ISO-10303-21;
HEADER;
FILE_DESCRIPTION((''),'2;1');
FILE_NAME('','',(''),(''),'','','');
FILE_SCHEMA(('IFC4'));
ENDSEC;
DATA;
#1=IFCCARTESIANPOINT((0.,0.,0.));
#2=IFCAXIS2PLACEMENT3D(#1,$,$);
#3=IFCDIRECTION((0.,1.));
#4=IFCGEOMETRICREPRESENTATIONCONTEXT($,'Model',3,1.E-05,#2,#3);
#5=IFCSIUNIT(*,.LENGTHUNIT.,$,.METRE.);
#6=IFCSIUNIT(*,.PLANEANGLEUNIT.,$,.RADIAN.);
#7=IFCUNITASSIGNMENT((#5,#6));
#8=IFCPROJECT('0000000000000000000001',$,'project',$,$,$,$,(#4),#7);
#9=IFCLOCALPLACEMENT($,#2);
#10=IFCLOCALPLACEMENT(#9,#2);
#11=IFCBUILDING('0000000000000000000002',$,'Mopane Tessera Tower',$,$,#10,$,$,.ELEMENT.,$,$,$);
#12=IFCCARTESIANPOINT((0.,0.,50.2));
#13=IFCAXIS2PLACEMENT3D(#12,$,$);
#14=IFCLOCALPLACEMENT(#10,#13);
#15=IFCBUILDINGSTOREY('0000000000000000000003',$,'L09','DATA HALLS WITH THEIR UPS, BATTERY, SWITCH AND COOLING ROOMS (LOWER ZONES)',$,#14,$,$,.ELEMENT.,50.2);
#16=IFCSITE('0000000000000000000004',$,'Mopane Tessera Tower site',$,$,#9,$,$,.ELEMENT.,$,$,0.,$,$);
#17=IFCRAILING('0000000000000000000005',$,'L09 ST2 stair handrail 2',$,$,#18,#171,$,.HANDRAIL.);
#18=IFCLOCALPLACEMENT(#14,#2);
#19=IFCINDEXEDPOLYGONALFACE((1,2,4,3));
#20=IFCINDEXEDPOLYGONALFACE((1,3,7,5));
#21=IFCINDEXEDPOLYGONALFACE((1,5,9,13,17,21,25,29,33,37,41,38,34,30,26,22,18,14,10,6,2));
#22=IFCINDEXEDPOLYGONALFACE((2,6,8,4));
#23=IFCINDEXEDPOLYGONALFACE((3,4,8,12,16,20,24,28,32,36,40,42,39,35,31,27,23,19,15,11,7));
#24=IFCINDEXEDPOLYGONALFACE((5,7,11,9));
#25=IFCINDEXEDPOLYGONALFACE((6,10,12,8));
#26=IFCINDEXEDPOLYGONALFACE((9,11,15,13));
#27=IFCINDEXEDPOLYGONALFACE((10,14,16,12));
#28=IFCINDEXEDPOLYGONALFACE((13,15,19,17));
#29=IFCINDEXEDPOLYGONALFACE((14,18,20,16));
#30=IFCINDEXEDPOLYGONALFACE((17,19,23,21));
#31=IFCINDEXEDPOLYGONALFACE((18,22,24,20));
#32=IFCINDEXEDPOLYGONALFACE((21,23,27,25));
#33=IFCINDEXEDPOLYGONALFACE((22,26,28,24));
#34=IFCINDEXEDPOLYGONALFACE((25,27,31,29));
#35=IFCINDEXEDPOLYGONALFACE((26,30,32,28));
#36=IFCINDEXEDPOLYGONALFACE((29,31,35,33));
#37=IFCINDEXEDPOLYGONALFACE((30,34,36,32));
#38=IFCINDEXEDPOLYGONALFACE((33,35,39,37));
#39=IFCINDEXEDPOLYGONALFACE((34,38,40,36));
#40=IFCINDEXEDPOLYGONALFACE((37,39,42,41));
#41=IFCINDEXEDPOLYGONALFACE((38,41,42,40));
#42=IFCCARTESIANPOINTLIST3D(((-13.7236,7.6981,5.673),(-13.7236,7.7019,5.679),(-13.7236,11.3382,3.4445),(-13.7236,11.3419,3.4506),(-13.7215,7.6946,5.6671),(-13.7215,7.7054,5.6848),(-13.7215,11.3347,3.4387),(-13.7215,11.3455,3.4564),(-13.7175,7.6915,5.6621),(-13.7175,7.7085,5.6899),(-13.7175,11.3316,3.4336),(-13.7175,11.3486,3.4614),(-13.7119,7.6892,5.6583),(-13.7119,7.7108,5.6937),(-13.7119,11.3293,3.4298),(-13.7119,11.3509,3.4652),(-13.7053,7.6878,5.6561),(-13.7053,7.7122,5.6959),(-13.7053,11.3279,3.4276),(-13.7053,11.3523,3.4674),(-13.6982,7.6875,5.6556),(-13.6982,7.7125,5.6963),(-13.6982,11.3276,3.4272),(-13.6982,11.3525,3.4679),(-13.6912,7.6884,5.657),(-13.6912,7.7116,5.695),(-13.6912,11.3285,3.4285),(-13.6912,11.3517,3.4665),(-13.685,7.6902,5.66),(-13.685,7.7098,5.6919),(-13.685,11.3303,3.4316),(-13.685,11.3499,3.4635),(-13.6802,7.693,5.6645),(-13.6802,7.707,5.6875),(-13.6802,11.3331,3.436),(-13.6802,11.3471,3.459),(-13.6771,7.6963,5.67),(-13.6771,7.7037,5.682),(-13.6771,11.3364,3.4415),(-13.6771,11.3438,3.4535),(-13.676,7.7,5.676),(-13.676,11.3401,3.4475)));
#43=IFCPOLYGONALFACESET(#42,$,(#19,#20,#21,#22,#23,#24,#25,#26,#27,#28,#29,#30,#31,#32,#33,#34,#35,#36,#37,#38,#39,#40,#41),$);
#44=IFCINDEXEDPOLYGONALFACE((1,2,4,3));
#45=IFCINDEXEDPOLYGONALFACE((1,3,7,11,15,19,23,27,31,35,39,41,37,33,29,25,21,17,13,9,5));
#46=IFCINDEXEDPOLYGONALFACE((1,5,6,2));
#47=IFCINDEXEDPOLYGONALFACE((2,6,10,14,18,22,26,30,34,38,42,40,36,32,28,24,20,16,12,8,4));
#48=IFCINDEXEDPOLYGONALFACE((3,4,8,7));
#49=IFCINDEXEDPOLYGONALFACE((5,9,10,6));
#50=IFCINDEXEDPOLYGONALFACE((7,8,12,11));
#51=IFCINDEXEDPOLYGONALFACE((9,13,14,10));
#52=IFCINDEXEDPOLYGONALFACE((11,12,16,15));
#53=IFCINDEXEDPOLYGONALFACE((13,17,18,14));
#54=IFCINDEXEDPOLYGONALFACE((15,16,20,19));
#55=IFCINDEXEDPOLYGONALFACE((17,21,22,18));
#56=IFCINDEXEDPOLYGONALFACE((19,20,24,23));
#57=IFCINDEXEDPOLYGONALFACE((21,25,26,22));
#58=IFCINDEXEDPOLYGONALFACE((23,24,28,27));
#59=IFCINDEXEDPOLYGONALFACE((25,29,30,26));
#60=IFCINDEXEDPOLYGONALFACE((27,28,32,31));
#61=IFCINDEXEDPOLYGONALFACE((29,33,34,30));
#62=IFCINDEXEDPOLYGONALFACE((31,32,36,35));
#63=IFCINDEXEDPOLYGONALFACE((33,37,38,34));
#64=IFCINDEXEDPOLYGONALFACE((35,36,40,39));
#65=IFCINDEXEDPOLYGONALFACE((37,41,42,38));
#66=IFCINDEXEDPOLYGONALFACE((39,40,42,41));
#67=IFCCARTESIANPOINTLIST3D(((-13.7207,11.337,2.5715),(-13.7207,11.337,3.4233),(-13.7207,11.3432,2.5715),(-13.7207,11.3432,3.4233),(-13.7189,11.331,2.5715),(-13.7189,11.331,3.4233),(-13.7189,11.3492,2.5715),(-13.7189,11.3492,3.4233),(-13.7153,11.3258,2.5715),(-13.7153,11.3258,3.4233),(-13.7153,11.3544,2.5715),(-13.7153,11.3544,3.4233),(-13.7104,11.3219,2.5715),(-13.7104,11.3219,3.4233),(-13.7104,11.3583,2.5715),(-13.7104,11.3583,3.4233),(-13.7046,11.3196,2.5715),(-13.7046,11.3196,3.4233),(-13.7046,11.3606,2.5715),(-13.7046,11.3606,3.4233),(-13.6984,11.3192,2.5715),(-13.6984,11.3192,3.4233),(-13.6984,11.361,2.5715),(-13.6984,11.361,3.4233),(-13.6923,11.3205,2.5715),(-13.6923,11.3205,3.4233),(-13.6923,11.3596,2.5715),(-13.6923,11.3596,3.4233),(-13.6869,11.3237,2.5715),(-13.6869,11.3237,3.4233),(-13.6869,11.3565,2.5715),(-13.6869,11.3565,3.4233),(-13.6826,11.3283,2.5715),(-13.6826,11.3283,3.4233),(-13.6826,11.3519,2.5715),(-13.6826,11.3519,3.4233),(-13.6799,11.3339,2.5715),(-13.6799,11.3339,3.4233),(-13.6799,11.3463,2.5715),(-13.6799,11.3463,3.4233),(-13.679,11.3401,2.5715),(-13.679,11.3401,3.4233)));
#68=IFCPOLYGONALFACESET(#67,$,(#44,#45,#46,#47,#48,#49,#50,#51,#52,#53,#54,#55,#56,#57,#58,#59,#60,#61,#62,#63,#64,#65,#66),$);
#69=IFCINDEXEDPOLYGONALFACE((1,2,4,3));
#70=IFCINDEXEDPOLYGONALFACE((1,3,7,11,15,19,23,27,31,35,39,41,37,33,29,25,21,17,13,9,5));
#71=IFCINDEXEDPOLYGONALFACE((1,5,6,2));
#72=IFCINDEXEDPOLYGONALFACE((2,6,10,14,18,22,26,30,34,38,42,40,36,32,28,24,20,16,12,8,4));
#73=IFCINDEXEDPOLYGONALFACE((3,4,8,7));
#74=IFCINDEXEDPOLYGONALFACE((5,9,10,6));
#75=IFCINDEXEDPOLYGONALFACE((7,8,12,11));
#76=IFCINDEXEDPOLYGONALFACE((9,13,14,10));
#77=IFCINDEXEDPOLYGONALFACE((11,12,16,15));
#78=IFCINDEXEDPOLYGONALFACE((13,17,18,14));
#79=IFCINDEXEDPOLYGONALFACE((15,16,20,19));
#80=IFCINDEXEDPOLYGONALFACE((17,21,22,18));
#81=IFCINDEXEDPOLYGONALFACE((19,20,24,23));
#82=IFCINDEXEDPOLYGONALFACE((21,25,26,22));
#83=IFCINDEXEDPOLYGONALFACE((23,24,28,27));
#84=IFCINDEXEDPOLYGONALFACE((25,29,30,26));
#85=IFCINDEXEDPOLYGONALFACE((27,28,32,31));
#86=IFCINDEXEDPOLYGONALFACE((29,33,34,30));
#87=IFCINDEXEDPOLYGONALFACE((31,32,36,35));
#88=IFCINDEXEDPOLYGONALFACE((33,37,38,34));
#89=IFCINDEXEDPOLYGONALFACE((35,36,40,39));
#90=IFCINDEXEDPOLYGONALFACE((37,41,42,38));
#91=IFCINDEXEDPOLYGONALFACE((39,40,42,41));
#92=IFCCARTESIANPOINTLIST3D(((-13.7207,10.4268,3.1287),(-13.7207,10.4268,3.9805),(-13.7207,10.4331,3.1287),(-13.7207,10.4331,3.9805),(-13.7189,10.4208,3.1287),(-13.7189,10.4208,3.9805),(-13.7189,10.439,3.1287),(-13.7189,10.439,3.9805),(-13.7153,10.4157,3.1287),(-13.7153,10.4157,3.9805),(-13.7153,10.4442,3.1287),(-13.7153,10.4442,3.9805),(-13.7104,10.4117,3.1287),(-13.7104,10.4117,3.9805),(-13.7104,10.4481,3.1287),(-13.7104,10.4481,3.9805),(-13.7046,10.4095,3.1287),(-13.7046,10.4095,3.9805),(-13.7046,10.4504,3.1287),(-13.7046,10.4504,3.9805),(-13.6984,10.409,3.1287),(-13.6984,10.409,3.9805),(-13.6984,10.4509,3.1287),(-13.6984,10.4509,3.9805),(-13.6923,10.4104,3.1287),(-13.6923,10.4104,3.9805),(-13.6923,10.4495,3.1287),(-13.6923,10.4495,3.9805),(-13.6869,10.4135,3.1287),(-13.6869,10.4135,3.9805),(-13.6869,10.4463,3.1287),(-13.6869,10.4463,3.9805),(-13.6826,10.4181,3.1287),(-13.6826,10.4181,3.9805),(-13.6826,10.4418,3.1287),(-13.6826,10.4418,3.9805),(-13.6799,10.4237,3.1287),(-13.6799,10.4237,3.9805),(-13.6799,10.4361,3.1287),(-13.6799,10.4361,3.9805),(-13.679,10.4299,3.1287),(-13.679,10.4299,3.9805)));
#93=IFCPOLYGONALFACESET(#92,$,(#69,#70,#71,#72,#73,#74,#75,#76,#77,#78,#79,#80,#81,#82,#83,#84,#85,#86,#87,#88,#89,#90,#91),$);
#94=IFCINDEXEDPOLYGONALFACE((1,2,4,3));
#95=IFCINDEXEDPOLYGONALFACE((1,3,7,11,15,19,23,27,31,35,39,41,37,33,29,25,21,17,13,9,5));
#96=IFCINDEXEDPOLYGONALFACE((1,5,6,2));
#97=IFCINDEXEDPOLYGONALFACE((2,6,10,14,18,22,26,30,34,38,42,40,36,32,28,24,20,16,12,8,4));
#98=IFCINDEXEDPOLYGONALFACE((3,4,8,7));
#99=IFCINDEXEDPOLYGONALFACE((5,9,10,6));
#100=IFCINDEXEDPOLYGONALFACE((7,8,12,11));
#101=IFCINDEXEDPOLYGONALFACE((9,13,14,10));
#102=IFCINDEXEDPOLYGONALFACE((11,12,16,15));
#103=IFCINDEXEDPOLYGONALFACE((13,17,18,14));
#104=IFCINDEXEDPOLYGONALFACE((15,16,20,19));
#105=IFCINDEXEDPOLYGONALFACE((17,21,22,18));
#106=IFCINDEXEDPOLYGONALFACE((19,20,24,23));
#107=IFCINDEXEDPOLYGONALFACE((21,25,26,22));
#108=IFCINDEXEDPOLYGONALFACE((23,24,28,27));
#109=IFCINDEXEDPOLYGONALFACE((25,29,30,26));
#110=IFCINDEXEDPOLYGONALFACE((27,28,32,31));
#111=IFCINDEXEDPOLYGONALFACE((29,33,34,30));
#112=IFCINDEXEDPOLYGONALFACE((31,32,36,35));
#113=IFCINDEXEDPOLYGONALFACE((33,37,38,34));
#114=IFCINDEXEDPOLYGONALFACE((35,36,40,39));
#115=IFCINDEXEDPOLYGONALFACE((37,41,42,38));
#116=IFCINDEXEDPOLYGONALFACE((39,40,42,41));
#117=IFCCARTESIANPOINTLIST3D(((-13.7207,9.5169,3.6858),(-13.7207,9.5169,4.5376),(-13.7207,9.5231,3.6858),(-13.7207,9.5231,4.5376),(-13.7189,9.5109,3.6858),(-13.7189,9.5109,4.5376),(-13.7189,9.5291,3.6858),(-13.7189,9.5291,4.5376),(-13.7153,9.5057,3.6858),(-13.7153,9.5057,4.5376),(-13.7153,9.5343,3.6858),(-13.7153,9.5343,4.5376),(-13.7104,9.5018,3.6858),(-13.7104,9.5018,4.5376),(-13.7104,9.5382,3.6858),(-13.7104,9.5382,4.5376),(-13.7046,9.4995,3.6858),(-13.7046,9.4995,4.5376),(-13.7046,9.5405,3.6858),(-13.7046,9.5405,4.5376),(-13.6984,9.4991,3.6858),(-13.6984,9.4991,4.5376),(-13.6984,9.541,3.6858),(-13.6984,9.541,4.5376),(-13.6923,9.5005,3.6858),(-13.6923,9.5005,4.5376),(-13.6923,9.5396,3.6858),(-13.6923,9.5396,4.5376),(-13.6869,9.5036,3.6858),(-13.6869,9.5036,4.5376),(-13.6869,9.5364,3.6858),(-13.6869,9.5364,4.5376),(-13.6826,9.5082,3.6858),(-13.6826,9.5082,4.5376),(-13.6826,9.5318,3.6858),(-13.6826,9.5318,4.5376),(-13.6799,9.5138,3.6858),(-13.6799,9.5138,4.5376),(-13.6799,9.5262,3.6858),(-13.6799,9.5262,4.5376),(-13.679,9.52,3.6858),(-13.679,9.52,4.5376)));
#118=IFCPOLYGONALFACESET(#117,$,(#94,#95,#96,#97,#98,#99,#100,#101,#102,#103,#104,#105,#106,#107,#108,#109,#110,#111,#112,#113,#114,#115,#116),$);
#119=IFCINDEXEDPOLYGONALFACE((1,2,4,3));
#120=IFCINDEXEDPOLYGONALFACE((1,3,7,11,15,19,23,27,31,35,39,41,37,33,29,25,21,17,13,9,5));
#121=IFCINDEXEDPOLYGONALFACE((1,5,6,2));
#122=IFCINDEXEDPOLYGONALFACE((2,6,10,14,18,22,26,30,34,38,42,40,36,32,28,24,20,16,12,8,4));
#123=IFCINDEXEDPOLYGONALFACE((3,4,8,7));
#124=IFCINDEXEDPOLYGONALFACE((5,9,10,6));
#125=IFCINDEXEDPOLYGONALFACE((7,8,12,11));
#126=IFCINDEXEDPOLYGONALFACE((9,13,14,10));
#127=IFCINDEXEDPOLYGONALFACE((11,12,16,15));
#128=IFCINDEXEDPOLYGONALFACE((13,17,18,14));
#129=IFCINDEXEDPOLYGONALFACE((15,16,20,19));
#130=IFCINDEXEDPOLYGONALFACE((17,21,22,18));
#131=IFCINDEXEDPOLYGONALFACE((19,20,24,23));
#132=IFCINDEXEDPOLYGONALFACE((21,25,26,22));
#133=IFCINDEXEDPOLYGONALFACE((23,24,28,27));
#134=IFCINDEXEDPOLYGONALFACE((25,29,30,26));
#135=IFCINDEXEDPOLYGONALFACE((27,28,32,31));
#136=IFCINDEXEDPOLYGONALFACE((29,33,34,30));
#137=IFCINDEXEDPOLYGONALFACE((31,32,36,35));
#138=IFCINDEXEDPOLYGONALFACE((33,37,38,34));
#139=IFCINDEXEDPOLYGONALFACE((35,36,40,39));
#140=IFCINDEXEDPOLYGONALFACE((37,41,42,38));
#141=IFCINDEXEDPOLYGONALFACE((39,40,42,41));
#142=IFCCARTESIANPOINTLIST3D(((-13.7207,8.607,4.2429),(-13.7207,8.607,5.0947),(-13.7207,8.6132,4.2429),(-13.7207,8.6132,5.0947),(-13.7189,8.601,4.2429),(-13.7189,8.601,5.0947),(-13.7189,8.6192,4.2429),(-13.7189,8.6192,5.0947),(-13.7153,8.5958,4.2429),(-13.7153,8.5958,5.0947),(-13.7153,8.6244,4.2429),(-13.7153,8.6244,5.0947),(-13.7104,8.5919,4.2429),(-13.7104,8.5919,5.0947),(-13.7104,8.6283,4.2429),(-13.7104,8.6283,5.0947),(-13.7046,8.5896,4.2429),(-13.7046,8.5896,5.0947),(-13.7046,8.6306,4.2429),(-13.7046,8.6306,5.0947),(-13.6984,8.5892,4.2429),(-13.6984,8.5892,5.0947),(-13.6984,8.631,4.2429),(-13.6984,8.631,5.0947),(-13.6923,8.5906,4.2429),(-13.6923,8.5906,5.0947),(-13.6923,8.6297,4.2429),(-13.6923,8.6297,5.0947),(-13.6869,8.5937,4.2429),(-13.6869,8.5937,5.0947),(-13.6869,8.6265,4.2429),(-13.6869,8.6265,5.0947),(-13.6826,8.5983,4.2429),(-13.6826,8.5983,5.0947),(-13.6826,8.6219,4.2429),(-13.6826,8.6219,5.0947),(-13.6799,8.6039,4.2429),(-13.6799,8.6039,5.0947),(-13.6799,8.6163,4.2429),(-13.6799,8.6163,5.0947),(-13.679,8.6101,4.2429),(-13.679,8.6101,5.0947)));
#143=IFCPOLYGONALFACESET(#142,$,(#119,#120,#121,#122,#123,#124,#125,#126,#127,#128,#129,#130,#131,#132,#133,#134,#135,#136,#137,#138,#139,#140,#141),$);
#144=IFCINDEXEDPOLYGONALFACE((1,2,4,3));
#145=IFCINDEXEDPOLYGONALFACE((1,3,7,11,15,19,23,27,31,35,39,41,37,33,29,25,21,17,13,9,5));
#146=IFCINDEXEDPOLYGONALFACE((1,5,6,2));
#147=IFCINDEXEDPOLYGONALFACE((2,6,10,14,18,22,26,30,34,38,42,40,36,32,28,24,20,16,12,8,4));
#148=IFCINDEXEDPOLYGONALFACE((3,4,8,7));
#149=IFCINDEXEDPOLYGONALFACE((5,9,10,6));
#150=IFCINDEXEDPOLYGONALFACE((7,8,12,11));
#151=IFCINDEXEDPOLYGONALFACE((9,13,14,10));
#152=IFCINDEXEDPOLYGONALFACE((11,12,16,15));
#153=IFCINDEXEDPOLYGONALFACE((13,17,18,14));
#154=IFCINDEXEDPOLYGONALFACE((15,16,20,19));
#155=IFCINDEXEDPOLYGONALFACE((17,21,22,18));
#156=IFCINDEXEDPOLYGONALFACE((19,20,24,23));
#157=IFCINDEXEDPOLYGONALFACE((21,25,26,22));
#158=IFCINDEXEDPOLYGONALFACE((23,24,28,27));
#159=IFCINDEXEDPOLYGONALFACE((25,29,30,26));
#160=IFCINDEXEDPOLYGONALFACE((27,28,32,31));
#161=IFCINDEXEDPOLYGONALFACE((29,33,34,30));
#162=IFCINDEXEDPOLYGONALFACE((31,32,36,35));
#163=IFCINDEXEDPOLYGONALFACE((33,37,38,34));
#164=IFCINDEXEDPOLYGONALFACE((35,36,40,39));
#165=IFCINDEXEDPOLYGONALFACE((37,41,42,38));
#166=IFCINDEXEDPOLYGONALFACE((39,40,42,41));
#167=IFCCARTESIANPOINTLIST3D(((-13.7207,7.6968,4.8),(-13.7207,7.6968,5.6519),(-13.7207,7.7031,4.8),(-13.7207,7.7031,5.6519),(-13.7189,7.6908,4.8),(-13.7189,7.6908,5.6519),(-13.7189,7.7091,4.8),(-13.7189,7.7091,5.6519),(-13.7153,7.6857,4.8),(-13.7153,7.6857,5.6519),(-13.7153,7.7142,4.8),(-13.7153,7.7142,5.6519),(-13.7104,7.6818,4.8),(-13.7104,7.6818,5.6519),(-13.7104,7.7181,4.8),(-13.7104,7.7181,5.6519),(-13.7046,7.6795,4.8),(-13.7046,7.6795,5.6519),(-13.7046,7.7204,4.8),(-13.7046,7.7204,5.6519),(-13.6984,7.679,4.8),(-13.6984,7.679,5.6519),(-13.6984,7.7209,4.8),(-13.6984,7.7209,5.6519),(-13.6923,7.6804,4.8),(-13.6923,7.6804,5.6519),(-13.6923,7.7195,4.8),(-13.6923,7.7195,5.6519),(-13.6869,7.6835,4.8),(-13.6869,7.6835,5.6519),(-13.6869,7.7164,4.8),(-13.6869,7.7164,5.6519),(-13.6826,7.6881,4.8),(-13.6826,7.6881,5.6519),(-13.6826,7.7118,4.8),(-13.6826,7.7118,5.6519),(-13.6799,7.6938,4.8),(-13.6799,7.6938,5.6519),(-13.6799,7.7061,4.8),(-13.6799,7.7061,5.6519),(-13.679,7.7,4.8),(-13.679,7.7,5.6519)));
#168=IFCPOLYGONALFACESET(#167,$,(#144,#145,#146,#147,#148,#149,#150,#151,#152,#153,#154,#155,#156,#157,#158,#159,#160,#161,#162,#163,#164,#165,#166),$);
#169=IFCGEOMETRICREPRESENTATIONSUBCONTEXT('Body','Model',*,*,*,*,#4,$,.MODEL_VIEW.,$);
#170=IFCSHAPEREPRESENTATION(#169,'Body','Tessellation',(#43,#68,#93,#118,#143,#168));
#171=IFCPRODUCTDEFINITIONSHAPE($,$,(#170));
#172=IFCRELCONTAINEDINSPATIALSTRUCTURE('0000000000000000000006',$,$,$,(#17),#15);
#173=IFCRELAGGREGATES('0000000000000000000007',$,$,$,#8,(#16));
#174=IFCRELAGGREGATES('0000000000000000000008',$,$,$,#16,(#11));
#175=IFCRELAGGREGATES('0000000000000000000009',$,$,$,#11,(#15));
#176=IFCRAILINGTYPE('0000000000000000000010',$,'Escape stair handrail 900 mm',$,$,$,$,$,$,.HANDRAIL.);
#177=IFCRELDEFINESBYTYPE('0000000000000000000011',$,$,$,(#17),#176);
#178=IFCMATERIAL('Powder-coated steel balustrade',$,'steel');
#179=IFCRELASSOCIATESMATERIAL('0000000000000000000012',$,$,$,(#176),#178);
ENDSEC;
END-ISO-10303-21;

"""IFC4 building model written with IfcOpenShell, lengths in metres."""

from ifc_helpers import new_model, si_unit, direction, frame, origin, origin_2d, place, context, subcontext, project, spatial, circle, extrude, material, type_object, element, save


model = new_model("IFC4")

# Units and contexts
model_context = context("Model", 3, precision=1e-05, world=origin(), true_north=direction((0.0, 1.0)))
body_context = subcontext(model_context, "Body", "Model", "MODEL_VIEW")
ifc_project = project(units=[si_unit("LENGTHUNIT", "METRE"), si_unit("PLANEANGLEUNIT", "RADIAN")], contexts=[model_context])

# Site, building, storey
site_placement = place(None, origin())
site = spatial("IfcSite", under=ifc_project, at=site_placement, Name="Mopane Tessera Tower site", CompositionType="ELEMENT", RefElevation=0.0)
building_placement = place(site_placement, origin())
building = spatial("IfcBuilding", under=site, at=building_placement, Name="Mopane Tessera Tower", CompositionType="ELEMENT")
storey_placement = place(building_placement, frame((0.0, 0.0, 50.2)))
storey = spatial("IfcBuildingStorey", under=building, at=storey_placement, Name="L09", Description="DATA HALLS WITH THEIR UPS, BATTERY, SWITCH AND COOLING ROOMS (LOWER ZONES)", CompositionType="ELEMENT", Elevation=50.2)

# Railing
ifc_material_1 = material(Name="Powder-coated steel balustrade", Category="steel")
railing_type_1 = type_object("IfcRailingType", Name="Escape stair handrail 900 mm", PredefinedType="HANDRAIL", material=ifc_material_1)
railing_1_placement = place(storey_placement, frame((-13.7, 11.3401, 2.5715)))
element("IfcRailing", 1, at=railing_1_placement, inside=storey, type_object=railing_type_1, Name="L09 ST2 stair handrail 2", PredefinedType="HANDRAIL", context=body_context, shape_type="SweptSolid", body=[
    extrude(circle(Radius=0.0239, at=origin_2d()), frame((0.0, 0.0, 0.876), z_axis=(0.0, -0.852866, 0.52213), x_axis=(1.0, 0.0, 0.0)), (0.0, 0.0, 1.0), 4.2681),
    extrude(circle(Radius=0.021, at=origin_2d()), origin(), (0.0, 0.0, 1.0), 0.8518),
    extrude(circle(Radius=0.021, at=origin_2d()), frame((0.0, -0.9102, 0.5571)), (0.0, 0.0, 1.0), 0.8518),
    extrude(circle(Radius=0.021, at=origin_2d()), frame((0.0, -1.8201, 1.1143)), (0.0, 0.0, 1.0), 0.8518),
    extrude(circle(Radius=0.021, at=origin_2d()), frame((0.0, -2.73, 1.6714)), (0.0, 0.0, 1.0), 0.8518),
    extrude(circle(Radius=0.021, at=origin_2d()), frame((0.0, -3.6401, 2.2285)), (0.0, 0.0, 1.0), 0.8518),
])

save(model, "model.ifc")
